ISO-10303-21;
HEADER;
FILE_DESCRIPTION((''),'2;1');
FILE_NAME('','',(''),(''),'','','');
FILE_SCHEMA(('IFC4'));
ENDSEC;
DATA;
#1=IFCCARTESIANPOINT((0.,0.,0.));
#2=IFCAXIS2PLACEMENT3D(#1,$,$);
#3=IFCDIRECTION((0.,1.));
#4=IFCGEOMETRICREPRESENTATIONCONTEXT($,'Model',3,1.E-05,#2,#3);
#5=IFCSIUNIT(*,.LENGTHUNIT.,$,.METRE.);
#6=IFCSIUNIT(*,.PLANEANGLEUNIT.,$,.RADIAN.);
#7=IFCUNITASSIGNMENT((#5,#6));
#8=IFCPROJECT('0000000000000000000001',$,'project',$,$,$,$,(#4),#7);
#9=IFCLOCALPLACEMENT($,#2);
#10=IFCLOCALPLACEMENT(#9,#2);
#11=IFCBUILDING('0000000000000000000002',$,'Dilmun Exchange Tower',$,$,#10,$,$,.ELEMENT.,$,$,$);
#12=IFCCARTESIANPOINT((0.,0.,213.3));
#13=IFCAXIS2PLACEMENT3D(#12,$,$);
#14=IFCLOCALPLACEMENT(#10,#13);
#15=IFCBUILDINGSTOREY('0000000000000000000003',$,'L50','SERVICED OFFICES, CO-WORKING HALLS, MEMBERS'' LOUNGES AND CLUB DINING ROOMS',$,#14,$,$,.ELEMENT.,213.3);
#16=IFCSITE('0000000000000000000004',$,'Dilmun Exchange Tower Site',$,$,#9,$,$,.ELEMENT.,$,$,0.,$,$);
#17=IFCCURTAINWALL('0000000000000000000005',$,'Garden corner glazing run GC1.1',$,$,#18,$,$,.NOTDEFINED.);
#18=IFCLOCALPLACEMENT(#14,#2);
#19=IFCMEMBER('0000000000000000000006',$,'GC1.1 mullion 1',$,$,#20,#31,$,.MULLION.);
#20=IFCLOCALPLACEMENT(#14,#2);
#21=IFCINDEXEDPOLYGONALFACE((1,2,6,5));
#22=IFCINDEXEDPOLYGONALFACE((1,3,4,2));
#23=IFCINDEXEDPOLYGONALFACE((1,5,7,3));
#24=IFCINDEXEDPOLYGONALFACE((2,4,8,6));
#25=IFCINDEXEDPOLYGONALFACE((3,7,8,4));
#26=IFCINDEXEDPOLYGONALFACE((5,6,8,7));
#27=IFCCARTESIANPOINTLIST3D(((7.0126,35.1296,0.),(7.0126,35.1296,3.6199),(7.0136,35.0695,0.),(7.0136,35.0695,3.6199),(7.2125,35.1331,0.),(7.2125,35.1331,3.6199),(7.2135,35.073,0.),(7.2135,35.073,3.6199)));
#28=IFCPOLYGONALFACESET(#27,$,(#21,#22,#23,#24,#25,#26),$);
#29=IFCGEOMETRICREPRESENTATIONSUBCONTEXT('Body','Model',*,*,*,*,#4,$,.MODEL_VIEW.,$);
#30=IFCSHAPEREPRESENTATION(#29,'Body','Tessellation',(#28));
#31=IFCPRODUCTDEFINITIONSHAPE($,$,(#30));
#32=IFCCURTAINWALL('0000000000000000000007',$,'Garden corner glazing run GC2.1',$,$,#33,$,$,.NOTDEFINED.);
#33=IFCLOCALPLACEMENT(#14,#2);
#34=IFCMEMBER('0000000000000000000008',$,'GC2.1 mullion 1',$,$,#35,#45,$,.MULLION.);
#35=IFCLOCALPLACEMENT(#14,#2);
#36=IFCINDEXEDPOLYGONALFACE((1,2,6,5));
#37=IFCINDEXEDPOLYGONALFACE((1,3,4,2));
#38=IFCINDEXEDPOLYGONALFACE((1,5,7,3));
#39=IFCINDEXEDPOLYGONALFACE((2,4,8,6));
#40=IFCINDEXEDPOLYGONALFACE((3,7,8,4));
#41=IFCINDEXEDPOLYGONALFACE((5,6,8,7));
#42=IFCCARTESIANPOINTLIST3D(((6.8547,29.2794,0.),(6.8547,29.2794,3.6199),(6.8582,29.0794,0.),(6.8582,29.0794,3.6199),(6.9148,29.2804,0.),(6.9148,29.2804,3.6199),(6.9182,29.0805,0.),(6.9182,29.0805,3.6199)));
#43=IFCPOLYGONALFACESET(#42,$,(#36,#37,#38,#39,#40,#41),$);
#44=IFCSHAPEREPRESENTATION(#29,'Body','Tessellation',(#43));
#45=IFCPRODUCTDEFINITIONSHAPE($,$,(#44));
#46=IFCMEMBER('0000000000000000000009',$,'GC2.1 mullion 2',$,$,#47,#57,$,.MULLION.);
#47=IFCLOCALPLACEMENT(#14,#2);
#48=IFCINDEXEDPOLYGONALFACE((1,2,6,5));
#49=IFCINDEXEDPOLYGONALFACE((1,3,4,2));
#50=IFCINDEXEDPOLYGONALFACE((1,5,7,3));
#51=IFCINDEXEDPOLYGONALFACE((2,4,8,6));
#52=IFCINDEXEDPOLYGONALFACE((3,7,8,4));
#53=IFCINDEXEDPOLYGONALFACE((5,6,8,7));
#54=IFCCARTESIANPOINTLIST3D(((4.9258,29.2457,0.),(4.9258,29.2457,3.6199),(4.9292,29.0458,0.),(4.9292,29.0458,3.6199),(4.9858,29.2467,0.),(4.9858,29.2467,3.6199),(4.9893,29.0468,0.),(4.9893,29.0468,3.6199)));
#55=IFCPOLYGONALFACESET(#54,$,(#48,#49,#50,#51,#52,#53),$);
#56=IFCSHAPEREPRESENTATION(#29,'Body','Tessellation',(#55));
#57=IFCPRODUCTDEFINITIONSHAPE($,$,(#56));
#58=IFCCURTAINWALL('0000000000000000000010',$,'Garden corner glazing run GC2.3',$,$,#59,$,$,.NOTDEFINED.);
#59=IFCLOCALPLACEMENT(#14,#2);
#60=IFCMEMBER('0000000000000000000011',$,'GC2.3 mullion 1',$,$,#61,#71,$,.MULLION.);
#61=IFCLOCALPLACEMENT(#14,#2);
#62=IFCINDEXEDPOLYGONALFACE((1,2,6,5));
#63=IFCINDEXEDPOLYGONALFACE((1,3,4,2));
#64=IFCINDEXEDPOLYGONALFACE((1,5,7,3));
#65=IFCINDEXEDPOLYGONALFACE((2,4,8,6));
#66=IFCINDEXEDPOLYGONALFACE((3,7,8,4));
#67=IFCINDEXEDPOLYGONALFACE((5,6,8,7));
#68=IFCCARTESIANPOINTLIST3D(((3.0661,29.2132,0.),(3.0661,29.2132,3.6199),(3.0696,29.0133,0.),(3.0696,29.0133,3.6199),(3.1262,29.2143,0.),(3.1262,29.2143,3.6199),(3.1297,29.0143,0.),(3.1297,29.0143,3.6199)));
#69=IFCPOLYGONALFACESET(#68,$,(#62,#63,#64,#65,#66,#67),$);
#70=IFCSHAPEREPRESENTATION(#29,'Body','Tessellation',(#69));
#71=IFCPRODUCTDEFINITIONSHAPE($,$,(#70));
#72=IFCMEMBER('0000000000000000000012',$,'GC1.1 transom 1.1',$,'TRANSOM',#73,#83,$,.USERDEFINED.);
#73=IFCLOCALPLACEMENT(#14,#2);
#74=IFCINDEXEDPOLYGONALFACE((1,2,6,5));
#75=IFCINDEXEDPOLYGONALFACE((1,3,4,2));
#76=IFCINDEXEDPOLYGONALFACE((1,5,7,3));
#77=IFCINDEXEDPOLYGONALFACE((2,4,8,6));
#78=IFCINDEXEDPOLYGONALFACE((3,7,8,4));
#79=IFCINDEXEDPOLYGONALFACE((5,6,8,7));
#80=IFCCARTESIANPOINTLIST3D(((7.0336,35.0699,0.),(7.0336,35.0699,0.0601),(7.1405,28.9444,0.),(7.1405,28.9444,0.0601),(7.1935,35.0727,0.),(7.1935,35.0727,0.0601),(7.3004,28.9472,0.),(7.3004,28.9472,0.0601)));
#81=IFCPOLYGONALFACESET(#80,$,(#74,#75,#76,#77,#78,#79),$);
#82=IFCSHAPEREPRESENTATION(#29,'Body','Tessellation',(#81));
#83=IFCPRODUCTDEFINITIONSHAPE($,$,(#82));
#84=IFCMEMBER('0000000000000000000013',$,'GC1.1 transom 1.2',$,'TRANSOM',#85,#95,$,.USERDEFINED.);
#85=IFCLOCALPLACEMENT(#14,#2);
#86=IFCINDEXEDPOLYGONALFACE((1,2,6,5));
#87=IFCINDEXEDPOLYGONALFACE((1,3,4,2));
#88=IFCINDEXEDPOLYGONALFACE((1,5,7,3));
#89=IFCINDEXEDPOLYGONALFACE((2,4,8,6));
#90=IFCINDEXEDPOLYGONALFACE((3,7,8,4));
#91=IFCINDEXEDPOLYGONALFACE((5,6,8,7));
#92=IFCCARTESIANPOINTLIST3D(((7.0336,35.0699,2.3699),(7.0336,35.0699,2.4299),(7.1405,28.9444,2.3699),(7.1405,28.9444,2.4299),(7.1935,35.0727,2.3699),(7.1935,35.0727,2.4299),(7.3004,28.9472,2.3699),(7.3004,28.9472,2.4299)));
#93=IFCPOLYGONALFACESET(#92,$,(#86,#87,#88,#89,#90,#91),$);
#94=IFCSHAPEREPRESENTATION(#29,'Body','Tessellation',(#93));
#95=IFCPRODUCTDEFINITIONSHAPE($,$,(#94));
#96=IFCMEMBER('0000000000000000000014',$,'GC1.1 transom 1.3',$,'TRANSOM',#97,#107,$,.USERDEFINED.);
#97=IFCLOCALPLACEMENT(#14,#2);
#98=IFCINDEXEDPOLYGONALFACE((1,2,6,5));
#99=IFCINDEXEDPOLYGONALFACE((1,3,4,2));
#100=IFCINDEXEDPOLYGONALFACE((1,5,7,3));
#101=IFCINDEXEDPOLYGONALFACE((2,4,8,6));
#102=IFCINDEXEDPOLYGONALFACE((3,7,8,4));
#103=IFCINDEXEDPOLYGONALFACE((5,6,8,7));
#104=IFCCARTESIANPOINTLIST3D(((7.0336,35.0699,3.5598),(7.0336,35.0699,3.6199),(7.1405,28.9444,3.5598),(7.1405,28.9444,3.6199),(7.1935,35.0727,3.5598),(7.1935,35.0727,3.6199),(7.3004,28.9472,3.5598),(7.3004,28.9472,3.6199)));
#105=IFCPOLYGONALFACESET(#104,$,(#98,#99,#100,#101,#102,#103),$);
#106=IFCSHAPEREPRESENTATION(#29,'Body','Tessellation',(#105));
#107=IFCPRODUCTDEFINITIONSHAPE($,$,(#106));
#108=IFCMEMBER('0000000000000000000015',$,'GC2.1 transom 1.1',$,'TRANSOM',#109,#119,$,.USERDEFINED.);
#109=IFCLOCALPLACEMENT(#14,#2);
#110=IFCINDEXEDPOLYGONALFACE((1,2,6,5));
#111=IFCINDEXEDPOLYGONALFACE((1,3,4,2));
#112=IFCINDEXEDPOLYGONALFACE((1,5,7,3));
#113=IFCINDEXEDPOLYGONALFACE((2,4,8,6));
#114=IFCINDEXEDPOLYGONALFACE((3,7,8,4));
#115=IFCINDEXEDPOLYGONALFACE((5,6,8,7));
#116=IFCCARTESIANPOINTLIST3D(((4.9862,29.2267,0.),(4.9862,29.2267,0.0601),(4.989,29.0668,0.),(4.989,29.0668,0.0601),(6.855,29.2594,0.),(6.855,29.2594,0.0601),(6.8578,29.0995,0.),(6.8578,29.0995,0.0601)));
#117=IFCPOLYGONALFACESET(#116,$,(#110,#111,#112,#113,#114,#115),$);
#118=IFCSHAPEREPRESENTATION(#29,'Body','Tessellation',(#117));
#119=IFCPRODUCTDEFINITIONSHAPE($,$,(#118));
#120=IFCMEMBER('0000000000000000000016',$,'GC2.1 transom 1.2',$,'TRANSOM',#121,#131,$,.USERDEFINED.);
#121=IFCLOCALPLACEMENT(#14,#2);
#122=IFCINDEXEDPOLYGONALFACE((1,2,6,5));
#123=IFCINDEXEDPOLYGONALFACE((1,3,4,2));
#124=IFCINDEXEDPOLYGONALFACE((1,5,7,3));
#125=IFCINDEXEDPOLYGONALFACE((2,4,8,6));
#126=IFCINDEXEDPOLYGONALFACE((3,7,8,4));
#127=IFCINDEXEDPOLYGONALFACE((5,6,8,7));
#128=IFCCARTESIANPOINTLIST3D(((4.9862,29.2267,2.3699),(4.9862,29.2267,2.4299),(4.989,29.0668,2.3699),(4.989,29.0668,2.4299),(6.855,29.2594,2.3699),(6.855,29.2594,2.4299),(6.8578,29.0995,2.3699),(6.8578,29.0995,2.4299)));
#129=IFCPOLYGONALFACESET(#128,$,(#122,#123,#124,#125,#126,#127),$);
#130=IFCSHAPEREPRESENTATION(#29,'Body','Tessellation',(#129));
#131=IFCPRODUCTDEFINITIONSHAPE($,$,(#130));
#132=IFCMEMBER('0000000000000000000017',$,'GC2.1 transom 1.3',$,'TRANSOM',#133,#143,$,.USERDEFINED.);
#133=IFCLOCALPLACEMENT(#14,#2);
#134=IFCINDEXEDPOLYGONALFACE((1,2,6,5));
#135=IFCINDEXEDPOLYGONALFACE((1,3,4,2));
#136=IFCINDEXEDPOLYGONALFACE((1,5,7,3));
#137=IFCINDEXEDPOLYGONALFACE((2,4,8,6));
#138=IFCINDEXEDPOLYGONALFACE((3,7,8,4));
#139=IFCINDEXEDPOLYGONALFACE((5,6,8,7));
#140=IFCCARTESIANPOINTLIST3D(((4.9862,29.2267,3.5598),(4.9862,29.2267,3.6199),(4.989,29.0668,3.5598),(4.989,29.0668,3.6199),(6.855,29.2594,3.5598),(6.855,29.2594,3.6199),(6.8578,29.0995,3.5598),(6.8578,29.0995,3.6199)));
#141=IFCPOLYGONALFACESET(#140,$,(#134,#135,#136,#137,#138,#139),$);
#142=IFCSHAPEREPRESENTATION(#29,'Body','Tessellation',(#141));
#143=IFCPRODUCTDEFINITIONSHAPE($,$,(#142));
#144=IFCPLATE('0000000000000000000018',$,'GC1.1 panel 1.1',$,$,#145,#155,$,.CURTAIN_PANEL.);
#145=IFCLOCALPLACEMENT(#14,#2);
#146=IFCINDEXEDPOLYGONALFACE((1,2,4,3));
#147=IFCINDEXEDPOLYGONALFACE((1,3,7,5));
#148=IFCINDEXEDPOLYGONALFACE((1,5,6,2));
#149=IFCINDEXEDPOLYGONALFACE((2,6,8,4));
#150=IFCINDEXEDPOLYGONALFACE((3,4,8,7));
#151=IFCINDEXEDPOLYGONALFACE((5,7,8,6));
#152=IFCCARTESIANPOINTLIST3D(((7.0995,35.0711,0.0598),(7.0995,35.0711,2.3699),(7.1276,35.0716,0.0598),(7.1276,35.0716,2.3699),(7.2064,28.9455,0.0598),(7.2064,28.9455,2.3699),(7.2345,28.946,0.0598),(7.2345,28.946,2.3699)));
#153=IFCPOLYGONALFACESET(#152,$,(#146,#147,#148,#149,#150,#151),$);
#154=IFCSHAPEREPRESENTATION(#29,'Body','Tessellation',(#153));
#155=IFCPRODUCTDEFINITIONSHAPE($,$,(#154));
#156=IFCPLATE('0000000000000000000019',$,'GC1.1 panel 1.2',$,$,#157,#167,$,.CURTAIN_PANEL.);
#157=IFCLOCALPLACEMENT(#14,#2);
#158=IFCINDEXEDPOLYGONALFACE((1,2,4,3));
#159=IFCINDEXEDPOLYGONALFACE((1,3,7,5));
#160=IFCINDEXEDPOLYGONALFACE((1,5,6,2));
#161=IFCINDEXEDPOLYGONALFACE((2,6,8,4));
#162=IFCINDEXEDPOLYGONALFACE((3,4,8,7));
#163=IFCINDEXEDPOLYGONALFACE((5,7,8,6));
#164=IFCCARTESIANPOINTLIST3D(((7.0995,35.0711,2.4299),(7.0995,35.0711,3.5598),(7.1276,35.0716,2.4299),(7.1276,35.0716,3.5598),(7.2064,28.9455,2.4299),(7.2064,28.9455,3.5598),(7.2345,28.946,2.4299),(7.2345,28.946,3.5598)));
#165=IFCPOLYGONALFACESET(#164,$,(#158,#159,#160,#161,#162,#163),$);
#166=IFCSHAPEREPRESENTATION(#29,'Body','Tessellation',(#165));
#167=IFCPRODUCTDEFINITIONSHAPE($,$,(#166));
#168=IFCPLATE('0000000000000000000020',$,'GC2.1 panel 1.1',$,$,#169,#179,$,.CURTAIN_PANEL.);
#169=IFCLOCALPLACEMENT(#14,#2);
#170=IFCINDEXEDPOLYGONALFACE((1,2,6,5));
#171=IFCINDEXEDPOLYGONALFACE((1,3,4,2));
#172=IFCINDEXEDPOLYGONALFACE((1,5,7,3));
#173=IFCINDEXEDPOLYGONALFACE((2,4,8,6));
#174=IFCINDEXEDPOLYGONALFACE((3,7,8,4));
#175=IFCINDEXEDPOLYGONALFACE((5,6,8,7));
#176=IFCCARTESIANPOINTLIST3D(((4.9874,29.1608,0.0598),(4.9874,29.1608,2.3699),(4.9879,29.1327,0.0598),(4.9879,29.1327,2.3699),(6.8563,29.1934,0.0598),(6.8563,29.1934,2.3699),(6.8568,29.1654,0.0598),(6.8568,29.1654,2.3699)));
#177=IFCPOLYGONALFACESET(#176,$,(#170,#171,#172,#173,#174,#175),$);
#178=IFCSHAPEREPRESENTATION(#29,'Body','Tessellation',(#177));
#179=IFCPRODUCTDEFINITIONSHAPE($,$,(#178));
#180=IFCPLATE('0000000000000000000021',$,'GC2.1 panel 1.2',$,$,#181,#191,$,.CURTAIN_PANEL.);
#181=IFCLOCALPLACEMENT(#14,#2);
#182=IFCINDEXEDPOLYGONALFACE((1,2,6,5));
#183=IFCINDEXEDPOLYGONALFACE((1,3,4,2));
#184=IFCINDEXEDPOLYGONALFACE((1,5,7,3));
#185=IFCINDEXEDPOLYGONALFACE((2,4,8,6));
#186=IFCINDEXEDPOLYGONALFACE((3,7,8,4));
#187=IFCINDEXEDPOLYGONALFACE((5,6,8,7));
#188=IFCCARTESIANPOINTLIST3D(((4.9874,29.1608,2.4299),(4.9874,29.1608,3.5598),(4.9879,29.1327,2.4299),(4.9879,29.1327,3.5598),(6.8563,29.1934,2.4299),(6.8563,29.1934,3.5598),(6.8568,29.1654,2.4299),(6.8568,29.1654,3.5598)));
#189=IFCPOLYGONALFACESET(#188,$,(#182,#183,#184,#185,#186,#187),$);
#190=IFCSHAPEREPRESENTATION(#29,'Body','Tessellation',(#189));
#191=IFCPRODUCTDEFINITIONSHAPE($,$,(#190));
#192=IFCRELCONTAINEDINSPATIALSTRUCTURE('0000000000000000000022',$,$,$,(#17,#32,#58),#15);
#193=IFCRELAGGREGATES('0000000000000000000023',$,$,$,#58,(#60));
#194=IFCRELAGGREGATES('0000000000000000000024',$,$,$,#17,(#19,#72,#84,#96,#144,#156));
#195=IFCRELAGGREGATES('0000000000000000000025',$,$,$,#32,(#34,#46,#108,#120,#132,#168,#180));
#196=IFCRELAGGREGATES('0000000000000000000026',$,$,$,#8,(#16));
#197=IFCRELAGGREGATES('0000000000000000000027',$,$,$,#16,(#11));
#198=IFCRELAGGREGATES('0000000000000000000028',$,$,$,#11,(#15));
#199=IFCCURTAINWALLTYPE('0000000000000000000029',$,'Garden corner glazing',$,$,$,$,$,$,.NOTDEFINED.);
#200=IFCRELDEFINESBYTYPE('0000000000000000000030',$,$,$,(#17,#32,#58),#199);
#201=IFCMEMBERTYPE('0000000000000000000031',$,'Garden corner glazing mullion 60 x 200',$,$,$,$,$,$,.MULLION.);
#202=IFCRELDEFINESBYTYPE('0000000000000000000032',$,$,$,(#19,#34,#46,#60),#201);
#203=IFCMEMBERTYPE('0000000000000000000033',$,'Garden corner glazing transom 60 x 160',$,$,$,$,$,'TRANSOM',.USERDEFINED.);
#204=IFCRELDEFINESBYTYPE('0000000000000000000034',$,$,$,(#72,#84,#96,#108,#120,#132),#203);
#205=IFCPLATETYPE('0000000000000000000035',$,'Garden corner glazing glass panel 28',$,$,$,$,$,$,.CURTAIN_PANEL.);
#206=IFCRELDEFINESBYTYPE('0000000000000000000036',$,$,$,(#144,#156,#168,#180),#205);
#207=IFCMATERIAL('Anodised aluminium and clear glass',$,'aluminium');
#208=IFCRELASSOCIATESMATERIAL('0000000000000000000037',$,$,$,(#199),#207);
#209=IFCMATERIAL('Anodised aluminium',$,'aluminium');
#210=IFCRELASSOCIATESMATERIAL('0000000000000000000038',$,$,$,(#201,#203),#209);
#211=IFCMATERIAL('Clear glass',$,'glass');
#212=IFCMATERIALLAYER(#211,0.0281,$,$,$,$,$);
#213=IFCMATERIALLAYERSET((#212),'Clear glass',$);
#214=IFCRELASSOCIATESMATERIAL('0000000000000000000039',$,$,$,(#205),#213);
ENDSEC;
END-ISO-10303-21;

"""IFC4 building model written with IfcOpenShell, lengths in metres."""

from ifc_helpers import new_model, si_unit, direction, frame, origin, origin_2d, place, context, subcontext, project, spatial, rectangle, extrude, material, layer, layer_set, material_profile, profile_set, type_object, element, aggregate, save


model = new_model("IFC4")

# Units and contexts
model_context = context("Model", 3, precision=1e-05, world=origin(), true_north=direction((0.0, 1.0)))
body_context = subcontext(model_context, "Body", "Model", "MODEL_VIEW")
ifc_project = project(units=[si_unit("LENGTHUNIT", "METRE"), si_unit("PLANEANGLEUNIT", "RADIAN")], contexts=[model_context])

# Site, building, storey
site_placement = place(None, origin())
site = spatial("IfcSite", under=ifc_project, at=site_placement, Name="Dilmun Exchange Tower Site", CompositionType="ELEMENT", RefElevation=0.0)
building_placement = place(site_placement, origin())
building = spatial("IfcBuilding", under=site, at=building_placement, Name="Dilmun Exchange Tower", CompositionType="ELEMENT")
storey_placement = place(building_placement, frame((0.0, 0.0, 213.3)))
storey = spatial("IfcBuildingStorey", under=building, at=storey_placement, Name="L50", Description="SERVICED OFFICES, CO-WORKING HALLS, MEMBERS' LOUNGES AND CLUB DINING ROOMS", CompositionType="ELEMENT", Elevation=213.3)

# Curtain wall, member
ifc_material_1 = material(Name="Anodised aluminium and clear glass", Category="aluminium")
curtain_wall_type = type_object("IfcCurtainWallType", Name="Garden corner glazing", PredefinedType="NOTDEFINED", material=ifc_material_1)
curtain_wall_1_placement = place(storey_placement, origin())
curtain_wall_1 = element("IfcCurtainWall", 1, at=curtain_wall_1_placement, inside=storey, type_object=curtain_wall_type, Name="Garden corner glazing run GC1.1", PredefinedType="NOTDEFINED")
ifc_material_2 = material(Name="Anodised aluminium", Category="aluminium")
ifc_material_profile_1 = material_profile(ifc_material_2, rectangle(XDim=0.2, YDim=0.0601, at=origin_2d()), Name="AL 60x200")
ifc_profile_set_1 = profile_set([ifc_material_profile_1], Name="Anodised aluminium")
member_type_1 = type_object("IfcMemberType", Name="Garden corner glazing mullion 60 x 200", PredefinedType="MULLION", material=ifc_profile_set_1)
member_1_placement = place(storey_placement, frame((7.113, 35.1013, 0.0), z_axis=(0.0, 0.0, 1.0), x_axis=(0.999848, 0.01745, 0.0)))
member_1 = element("IfcMember", 2, at=member_1_placement, type_object=member_type_1, Name="GC1.1 mullion 1", PredefinedType="MULLION", context=body_context, shape_type="SweptSolid", body=[
    extrude(rectangle(XDim=0.2, YDim=0.0601, at=origin_2d()), origin(), (0.0, 0.0, 1.0), 3.6199),
])

# Curtain wall, members
curtain_wall_2_placement = place(storey_placement, origin())
curtain_wall_2 = element("IfcCurtainWall", 3, at=curtain_wall_2_placement, inside=storey, type_object=curtain_wall_type, Name="Garden corner glazing run GC2.1", PredefinedType="NOTDEFINED")
member_2_placement = place(storey_placement, frame((6.8865, 29.1799, 0.0), z_axis=(0.0, 0.0, 1.0), x_axis=(0.017445, -0.999848, 0.0)))
member_2 = element("IfcMember", 4, at=member_2_placement, type_object=member_type_1, Name="GC2.1 mullion 1", PredefinedType="MULLION", context=body_context, shape_type="SweptSolid", body=[
    extrude(rectangle(XDim=0.2, YDim=0.0601, at=origin_2d()), origin(), (0.0, 0.0, 1.0), 3.6199),
])
member_3_placement = place(storey_placement, frame((4.9575, 29.1462, 0.0), z_axis=(0.0, 0.0, 1.0), x_axis=(0.017445, -0.999848, 0.0)))
member_3 = element("IfcMember", 5, at=member_3_placement, type_object=member_type_1, Name="GC2.1 mullion 2", PredefinedType="MULLION", context=body_context, shape_type="SweptSolid", body=[
    extrude(rectangle(XDim=0.2, YDim=0.0601, at=origin_2d()), origin(), (0.0, 0.0, 1.0), 3.6199),
])

# Curtain wall, member
curtain_wall_3_placement = place(storey_placement, origin())
curtain_wall_3 = element("IfcCurtainWall", 6, at=curtain_wall_3_placement, inside=storey, type_object=curtain_wall_type, Name="Garden corner glazing run GC2.3", PredefinedType="NOTDEFINED")
member_4_placement = place(storey_placement, frame((3.0979, 29.1138, 0.0), z_axis=(0.0, 0.0, 1.0), x_axis=(0.017473, -0.999847, 0.0)))
member_4 = element("IfcMember", 7, at=member_4_placement, type_object=member_type_1, Name="GC2.3 mullion 1", PredefinedType="MULLION", context=body_context, shape_type="SweptSolid", body=[
    extrude(rectangle(XDim=0.2, YDim=0.0601, at=origin_2d()), origin(), (0.0, 0.0, 1.0), 3.6199),
])
aggregate(curtain_wall_3, [member_4])

# Members
ifc_material_profile_2 = material_profile(ifc_material_2, rectangle(XDim=0.1599, YDim=0.0601, at=origin_2d()), Name="AL 60x160")
ifc_profile_set_2 = profile_set([ifc_material_profile_2], Name="Anodised aluminium")
member_type_2 = type_object("IfcMemberType", Name="Garden corner glazing transom 60 x 160", ElementType="TRANSOM", PredefinedType="USERDEFINED", material=ifc_profile_set_2)
member_5_placement = place(storey_placement, frame((7.1135, 35.0713, 0.03), z_axis=(0.017454, -0.999848, 0.0), x_axis=(0.999848, 0.017454, 0.0)))
member_5 = element("IfcMember", 8, at=member_5_placement, type_object=member_type_2, Name="GC1.1 transom 1.1", ObjectType="TRANSOM", PredefinedType="USERDEFINED", context=body_context, shape_type="SweptSolid", body=[
    extrude(rectangle(XDim=0.1599, YDim=0.0601, at=origin_2d()), origin(), (0.0, 0.0, 1.0), 6.1265),
])
member_6_placement = place(storey_placement, frame((7.1135, 35.0713, 2.3999), z_axis=(0.017454, -0.999848, 0.0), x_axis=(0.999848, 0.017454, 0.0)))
member_6 = element("IfcMember", 9, at=member_6_placement, type_object=member_type_2, Name="GC1.1 transom 1.2", ObjectType="TRANSOM", PredefinedType="USERDEFINED", context=body_context, shape_type="SweptSolid", body=[
    extrude(rectangle(XDim=0.1599, YDim=0.0601, at=origin_2d()), origin(), (0.0, 0.0, 1.0), 6.1265),
])
member_7_placement = place(storey_placement, frame((7.1135, 35.0713, 3.5898), z_axis=(0.017454, -0.999848, 0.0), x_axis=(0.999848, 0.017454, 0.0)))
member_7 = element("IfcMember", 10, at=member_7_placement, type_object=member_type_2, Name="GC1.1 transom 1.3", ObjectType="TRANSOM", PredefinedType="USERDEFINED", context=body_context, shape_type="SweptSolid", body=[
    extrude(rectangle(XDim=0.1599, YDim=0.0601, at=origin_2d()), origin(), (0.0, 0.0, 1.0), 6.1265),
])
member_8_placement = place(storey_placement, frame((6.8564, 29.1794, 0.03), z_axis=(-0.999847, -0.017502, 0.0), x_axis=(0.017502, -0.999847, 0.0)))
member_8 = element("IfcMember", 11, at=member_8_placement, type_object=member_type_2, Name="GC2.1 transom 1.1", ObjectType="TRANSOM", PredefinedType="USERDEFINED", context=body_context, shape_type="SweptSolid", body=[
    extrude(rectangle(XDim=0.1599, YDim=0.0601, at=origin_2d()), origin(), (0.0, 0.0, 1.0), 1.8691),
])
member_9_placement = place(storey_placement, frame((6.8564, 29.1794, 2.3999), z_axis=(-0.999847, -0.017502, 0.0), x_axis=(0.017502, -0.999847, 0.0)))
member_9 = element("IfcMember", 12, at=member_9_placement, type_object=member_type_2, Name="GC2.1 transom 1.2", ObjectType="TRANSOM", PredefinedType="USERDEFINED", context=body_context, shape_type="SweptSolid", body=[
    extrude(rectangle(XDim=0.1599, YDim=0.0601, at=origin_2d()), origin(), (0.0, 0.0, 1.0), 1.8691),
])
member_10_placement = place(storey_placement, frame((6.8564, 29.1794, 3.5898), z_axis=(-0.999847, -0.017502, 0.0), x_axis=(0.017502, -0.999847, 0.0)))
member_10 = element("IfcMember", 13, at=member_10_placement, type_object=member_type_2, Name="GC2.1 transom 1.3", ObjectType="TRANSOM", PredefinedType="USERDEFINED", context=body_context, shape_type="SweptSolid", body=[
    extrude(rectangle(XDim=0.1599, YDim=0.0601, at=origin_2d()), origin(), (0.0, 0.0, 1.0), 1.8691),
])

# Plates
ifc_material_3 = material(Name="Clear glass", Category="glass")
ifc_layer_1 = layer(ifc_material_3, 0.0281)
ifc_layer_set_1 = layer_set([ifc_layer_1], Name="Clear glass")
plate_type = type_object("IfcPlateType", Name="Garden corner glazing glass panel 28", PredefinedType="CURTAIN_PANEL", material=ifc_layer_set_1)
plate_1_placement = place(storey_placement, frame((7.167, 32.0085, 0.0598), z_axis=(0.0, 0.0, 1.0), x_axis=(0.01745, -0.999848, 0.0)))
plate_1 = element("IfcPlate", 14, at=plate_1_placement, type_object=plate_type, Name="GC1.1 panel 1.1", PredefinedType="CURTAIN_PANEL", context=body_context, shape_type="SweptSolid", body=[
    extrude(rectangle(XDim=6.1265, YDim=0.0281, at=origin_2d()), origin(), (0.0, 0.0, 1.0), 2.3101),
])
plate_2_placement = place(storey_placement, frame((7.167, 32.0085, 2.4299), z_axis=(0.0, 0.0, 1.0), x_axis=(0.01745, -0.999848, 0.0)))
plate_2 = element("IfcPlate", 15, at=plate_2_placement, type_object=plate_type, Name="GC1.1 panel 1.2", PredefinedType="CURTAIN_PANEL", context=body_context, shape_type="SweptSolid", body=[
    extrude(rectangle(XDim=6.1265, YDim=0.0281, at=origin_2d()), origin(), (0.0, 0.0, 1.0), 1.1299),
])
aggregate(curtain_wall_1, [member_1, member_5, member_6, member_7, plate_1, plate_2])
plate_3_placement = place(storey_placement, frame((5.9221, 29.1631, 0.0598), z_axis=(0.0, 0.0, 1.0), x_axis=(-0.999848, -0.017445, 0.0)))
plate_3 = element("IfcPlate", 16, at=plate_3_placement, type_object=plate_type, Name="GC2.1 panel 1.1", PredefinedType="CURTAIN_PANEL", context=body_context, shape_type="SweptSolid", body=[
    extrude(rectangle(XDim=1.8691, YDim=0.0281, at=origin_2d()), origin(), (0.0, 0.0, 1.0), 2.3101),
])
plate_4_placement = place(storey_placement, frame((5.9221, 29.1631, 2.4299), z_axis=(0.0, 0.0, 1.0), x_axis=(-0.999848, -0.017445, 0.0)))
plate_4 = element("IfcPlate", 17, at=plate_4_placement, type_object=plate_type, Name="GC2.1 panel 1.2", PredefinedType="CURTAIN_PANEL", context=body_context, shape_type="SweptSolid", body=[
    extrude(rectangle(XDim=1.8691, YDim=0.0281, at=origin_2d()), origin(), (0.0, 0.0, 1.0), 1.1299),
])
aggregate(curtain_wall_2, [member_2, member_3, member_8, member_9, member_10, plate_3, plate_4])

save(model, "model.ifc")
